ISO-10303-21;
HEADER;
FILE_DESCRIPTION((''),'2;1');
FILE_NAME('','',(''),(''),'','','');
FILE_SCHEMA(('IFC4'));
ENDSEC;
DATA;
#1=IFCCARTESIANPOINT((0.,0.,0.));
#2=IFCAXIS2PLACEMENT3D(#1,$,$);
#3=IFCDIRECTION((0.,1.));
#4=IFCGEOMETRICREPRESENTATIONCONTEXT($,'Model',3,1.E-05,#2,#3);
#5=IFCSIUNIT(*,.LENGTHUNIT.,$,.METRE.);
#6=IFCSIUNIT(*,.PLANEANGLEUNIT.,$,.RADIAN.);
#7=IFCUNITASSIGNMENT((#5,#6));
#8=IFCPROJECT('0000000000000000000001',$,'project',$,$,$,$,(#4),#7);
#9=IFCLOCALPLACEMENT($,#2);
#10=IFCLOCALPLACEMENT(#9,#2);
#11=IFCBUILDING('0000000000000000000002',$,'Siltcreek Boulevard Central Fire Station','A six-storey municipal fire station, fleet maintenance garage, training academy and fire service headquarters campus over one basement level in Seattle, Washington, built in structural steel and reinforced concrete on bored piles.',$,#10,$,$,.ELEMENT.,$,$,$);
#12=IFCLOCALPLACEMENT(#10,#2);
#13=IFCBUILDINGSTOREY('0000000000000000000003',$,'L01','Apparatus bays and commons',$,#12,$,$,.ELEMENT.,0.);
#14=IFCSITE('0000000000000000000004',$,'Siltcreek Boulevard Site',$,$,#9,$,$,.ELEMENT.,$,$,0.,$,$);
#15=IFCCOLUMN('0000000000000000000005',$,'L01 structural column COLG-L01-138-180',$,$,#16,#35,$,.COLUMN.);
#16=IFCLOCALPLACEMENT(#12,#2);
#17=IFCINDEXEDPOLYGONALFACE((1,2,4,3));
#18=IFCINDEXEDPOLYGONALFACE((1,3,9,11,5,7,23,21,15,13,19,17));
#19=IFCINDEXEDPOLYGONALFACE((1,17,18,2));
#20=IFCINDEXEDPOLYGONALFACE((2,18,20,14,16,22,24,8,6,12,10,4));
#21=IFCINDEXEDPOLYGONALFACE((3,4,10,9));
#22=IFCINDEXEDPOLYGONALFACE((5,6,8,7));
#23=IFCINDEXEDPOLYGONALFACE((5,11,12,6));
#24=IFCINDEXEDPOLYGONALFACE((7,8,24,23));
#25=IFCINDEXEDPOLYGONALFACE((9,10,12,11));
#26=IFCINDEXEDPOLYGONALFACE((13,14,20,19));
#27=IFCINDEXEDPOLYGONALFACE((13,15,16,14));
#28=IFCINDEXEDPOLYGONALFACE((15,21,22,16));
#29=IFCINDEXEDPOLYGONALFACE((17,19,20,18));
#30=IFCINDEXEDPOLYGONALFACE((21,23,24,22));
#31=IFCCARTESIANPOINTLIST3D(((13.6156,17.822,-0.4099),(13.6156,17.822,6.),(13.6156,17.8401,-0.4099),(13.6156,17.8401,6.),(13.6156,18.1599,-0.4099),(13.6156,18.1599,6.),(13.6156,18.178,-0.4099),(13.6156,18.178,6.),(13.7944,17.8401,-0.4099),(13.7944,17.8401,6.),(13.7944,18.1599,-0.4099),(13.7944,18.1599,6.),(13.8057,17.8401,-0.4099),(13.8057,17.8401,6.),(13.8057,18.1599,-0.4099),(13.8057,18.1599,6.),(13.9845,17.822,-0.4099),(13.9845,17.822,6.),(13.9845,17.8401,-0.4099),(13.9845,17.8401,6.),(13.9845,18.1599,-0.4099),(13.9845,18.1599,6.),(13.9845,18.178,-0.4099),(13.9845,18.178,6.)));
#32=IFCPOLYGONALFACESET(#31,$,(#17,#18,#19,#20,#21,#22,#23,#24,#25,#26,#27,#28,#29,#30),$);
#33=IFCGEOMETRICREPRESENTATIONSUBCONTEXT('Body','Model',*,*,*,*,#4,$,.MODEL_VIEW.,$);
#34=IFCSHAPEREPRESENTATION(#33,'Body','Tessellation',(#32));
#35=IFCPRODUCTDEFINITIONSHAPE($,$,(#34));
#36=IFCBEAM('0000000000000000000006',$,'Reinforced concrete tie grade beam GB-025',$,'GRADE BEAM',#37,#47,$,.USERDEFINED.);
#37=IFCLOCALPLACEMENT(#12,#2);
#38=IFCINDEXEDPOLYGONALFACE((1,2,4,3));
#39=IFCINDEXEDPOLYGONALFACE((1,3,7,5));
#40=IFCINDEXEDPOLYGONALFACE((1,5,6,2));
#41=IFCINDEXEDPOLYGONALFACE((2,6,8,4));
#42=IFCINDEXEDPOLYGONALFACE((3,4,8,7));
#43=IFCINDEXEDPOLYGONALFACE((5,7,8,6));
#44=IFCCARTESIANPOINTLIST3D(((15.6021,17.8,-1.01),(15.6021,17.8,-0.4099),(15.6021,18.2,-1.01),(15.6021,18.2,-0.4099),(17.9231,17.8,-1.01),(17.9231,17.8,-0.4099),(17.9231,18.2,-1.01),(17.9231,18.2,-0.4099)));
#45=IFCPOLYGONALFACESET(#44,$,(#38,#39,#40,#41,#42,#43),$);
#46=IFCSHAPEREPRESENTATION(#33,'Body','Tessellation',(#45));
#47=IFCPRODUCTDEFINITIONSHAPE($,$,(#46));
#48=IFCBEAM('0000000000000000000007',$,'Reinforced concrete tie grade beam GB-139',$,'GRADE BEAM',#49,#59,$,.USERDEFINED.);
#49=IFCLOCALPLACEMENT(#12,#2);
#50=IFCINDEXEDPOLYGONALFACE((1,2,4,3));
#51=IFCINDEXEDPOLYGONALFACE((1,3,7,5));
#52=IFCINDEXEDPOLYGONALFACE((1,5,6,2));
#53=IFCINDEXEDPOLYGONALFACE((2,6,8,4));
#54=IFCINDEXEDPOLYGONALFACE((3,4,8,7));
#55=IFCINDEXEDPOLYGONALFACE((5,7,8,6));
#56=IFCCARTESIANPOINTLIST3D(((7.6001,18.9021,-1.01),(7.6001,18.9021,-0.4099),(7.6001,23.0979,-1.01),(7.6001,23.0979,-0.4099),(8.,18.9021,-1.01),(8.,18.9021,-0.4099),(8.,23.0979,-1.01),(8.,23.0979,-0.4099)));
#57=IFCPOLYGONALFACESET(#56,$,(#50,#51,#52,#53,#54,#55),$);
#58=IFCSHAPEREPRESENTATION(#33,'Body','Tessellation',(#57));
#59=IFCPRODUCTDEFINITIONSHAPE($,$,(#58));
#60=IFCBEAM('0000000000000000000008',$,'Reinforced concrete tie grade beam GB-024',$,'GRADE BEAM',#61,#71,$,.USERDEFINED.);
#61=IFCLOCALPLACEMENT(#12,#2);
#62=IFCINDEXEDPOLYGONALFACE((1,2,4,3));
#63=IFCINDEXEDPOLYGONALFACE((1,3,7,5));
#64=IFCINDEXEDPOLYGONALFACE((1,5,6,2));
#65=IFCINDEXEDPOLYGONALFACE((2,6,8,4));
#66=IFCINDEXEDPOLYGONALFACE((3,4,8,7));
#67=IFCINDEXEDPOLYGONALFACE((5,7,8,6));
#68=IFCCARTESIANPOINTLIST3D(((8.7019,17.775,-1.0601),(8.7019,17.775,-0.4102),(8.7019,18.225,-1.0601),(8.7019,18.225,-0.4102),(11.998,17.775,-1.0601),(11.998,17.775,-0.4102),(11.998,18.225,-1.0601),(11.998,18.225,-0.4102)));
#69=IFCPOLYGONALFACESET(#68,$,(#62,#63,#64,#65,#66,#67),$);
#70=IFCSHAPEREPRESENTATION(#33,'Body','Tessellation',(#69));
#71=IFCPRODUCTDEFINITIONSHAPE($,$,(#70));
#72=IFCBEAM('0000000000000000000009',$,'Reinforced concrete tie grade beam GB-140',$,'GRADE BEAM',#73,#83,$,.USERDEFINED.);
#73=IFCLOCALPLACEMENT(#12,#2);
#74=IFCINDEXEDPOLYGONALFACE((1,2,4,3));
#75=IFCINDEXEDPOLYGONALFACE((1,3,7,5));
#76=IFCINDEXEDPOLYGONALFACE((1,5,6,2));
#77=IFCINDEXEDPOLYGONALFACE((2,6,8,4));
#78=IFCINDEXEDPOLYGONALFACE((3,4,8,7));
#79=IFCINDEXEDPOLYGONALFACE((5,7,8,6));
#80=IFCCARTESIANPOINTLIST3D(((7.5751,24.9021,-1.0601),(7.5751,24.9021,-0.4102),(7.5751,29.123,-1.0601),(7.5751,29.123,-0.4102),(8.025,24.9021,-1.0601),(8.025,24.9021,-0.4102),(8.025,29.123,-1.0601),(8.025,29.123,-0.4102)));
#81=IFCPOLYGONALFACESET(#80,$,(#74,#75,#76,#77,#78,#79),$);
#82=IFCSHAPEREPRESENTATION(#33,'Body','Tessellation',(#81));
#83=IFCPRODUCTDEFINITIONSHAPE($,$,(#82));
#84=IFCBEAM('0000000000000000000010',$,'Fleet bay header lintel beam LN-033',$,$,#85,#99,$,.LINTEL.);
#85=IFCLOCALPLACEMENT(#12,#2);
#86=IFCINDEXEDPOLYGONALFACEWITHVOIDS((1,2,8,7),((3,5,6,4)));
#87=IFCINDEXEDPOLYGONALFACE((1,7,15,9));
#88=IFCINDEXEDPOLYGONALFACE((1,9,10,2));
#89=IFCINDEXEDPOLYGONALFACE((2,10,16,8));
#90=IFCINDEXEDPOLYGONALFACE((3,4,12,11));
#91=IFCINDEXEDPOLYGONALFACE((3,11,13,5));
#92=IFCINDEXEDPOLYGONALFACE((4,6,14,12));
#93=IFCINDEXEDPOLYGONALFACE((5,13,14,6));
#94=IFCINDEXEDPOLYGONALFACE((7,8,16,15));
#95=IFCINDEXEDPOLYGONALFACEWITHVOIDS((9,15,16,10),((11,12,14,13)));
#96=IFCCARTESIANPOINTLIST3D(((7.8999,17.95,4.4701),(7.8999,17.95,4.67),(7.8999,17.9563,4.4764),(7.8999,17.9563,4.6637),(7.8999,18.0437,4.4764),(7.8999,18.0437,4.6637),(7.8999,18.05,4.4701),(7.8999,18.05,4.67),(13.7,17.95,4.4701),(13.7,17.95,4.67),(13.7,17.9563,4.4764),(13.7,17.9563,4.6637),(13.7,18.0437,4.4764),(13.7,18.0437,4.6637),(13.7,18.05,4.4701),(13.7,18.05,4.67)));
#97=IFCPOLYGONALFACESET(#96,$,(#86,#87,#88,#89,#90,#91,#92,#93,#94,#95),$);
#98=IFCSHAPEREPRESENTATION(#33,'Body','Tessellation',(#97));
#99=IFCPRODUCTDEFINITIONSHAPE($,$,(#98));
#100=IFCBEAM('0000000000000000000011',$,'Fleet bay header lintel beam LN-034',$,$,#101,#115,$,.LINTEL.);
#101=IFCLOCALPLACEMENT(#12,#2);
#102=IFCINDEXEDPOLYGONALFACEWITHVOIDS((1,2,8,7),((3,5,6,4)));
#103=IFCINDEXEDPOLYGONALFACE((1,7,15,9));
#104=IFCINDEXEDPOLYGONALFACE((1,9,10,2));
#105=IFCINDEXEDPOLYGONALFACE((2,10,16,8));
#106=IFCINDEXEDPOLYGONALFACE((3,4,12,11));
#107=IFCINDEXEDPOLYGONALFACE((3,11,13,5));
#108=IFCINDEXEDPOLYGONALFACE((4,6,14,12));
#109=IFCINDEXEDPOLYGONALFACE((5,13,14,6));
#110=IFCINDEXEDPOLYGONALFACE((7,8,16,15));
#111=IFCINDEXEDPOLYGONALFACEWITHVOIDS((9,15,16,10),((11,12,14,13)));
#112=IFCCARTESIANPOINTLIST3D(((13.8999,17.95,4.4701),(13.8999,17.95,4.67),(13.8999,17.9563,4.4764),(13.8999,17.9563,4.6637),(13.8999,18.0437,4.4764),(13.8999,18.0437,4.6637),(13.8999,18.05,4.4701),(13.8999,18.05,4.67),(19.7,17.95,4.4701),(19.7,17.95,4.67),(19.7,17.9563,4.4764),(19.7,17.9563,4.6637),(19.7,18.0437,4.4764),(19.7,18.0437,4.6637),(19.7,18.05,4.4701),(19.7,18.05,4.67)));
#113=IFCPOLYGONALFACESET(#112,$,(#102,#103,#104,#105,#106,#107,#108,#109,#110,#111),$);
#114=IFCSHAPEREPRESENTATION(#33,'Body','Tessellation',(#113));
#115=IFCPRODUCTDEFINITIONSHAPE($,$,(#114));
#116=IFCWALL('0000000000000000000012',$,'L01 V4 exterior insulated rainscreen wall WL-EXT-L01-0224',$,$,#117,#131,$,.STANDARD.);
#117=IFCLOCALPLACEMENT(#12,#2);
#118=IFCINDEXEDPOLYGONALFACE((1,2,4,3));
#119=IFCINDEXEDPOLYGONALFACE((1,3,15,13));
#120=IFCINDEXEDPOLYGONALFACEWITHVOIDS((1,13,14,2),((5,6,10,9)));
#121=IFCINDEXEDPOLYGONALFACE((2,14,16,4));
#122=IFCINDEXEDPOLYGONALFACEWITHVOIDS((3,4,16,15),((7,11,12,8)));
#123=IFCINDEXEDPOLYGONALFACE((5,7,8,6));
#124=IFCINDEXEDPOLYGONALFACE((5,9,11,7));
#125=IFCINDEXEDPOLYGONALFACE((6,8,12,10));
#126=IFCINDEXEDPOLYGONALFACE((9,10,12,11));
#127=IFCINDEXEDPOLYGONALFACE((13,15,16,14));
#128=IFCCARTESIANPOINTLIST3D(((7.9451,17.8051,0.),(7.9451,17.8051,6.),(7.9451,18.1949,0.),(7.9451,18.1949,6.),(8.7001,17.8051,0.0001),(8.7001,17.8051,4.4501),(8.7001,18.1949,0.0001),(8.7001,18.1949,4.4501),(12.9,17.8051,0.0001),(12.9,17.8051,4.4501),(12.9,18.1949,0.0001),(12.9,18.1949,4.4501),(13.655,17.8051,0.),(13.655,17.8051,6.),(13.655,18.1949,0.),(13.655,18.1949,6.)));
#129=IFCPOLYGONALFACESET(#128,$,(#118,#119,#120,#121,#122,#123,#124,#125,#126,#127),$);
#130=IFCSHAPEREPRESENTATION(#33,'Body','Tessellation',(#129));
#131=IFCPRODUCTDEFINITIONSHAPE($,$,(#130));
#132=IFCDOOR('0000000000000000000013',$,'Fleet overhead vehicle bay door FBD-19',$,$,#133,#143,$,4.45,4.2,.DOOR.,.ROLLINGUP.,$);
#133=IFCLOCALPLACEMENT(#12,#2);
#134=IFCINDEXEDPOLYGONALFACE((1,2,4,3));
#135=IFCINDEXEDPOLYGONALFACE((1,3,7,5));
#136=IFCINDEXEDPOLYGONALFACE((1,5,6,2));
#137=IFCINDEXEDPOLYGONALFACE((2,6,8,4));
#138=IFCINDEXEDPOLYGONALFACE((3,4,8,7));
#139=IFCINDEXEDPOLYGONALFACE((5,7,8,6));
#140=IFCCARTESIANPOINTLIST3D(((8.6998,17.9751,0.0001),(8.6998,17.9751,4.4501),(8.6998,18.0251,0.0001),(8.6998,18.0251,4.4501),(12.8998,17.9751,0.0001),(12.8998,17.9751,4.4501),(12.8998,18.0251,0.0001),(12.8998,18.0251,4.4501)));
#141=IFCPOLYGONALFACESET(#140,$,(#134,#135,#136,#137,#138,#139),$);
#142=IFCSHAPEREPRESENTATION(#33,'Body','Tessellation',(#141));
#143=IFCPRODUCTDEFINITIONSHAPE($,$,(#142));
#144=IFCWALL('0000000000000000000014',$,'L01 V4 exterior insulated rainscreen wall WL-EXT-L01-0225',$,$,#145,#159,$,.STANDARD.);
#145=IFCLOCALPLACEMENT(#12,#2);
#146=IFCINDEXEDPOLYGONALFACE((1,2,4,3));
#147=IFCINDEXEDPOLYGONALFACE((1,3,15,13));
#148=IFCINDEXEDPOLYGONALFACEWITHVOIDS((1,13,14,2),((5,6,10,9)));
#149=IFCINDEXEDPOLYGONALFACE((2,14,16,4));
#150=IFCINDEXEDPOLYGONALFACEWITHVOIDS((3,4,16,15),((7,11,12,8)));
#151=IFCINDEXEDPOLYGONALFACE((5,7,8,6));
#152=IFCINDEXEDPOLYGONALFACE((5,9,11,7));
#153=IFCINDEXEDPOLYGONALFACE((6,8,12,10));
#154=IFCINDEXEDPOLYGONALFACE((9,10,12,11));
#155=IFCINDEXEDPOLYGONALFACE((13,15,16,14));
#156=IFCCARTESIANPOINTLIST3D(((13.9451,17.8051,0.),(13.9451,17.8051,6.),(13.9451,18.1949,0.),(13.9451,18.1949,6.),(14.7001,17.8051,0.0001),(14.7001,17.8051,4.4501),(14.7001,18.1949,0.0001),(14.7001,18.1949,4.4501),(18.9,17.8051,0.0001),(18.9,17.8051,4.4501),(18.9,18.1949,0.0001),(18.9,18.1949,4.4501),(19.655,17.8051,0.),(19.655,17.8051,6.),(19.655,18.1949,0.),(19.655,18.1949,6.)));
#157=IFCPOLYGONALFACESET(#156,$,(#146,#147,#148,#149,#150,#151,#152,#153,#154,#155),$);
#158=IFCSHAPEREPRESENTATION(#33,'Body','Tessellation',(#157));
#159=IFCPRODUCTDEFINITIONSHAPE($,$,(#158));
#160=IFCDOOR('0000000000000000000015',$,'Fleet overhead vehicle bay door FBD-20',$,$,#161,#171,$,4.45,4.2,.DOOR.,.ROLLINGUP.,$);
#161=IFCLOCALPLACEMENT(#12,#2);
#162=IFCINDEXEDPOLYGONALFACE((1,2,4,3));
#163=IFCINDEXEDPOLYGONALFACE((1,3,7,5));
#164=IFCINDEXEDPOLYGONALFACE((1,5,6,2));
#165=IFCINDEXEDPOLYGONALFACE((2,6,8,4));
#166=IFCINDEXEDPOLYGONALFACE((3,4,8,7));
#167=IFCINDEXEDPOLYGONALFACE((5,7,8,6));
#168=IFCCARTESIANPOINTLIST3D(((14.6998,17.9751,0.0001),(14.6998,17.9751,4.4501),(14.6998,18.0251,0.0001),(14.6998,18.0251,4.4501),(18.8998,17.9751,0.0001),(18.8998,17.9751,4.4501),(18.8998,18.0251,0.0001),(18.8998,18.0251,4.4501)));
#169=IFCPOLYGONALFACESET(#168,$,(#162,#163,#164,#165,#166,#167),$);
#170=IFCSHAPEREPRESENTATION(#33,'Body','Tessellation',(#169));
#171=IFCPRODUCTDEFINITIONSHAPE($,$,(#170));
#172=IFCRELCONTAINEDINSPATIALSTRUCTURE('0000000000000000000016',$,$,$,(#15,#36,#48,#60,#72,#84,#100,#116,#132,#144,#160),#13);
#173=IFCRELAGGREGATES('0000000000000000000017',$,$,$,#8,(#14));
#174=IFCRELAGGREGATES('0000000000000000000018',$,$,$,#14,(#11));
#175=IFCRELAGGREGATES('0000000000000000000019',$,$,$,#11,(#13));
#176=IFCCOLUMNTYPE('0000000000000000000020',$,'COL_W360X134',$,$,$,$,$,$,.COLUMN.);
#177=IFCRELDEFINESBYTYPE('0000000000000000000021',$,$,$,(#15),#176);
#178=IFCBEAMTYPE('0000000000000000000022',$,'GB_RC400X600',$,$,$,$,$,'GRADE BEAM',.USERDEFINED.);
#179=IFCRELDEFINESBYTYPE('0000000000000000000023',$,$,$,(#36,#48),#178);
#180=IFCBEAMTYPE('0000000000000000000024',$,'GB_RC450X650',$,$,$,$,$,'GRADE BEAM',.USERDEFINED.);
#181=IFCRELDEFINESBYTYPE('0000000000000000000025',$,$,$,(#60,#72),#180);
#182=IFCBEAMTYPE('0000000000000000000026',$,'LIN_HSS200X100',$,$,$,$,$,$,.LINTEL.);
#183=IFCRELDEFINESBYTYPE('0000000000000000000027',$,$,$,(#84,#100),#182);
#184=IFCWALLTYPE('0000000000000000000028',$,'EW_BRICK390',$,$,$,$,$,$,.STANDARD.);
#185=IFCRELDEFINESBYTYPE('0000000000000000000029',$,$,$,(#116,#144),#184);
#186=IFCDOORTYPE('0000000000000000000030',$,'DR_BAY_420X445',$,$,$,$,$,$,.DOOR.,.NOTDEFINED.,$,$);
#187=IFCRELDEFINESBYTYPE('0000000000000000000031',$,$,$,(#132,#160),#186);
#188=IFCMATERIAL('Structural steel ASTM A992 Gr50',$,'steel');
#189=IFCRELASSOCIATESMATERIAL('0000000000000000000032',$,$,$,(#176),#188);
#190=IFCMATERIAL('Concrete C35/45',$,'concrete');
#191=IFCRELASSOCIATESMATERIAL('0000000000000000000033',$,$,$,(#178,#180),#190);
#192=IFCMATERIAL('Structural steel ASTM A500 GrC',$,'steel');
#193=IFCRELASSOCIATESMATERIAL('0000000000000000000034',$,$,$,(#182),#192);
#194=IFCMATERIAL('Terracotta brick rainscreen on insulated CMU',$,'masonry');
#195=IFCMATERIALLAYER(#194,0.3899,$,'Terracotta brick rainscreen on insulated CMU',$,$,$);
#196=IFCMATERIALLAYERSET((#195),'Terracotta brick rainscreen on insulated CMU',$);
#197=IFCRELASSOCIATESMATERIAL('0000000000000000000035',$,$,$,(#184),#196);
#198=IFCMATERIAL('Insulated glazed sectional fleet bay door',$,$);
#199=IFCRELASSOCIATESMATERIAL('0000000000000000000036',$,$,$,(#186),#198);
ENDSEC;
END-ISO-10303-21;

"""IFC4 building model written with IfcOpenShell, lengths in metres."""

from ifc_helpers import new_model, si_unit, direction, frame, frame_2d, origin, origin_2d, place, context, subcontext, project, spatial, rectangle, hollow_rectangle, i_section, extrude, material, layer, layer_set, material_profile, profile_set, type_object, element, fill, save


model = new_model("IFC4")

# Units and contexts
model_context = context("Model", 3, precision=1e-05, world=origin(), true_north=direction((0.0, 1.0)))
body_context = subcontext(model_context, "Body", "Model", "MODEL_VIEW")
ifc_project = project(units=[si_unit("LENGTHUNIT", "METRE"), si_unit("PLANEANGLEUNIT", "RADIAN")], contexts=[model_context])

# Site, building, storey
site_placement = place(None, origin())
site = spatial("IfcSite", under=ifc_project, at=site_placement, Name="Siltcreek Boulevard Site", CompositionType="ELEMENT", RefElevation=0.0)
building_placement = place(site_placement, origin())
building = spatial("IfcBuilding", under=site, at=building_placement, Name="Siltcreek Boulevard Central Fire Station", Description="A six-storey municipal fire station, fleet maintenance garage, training academy and fire service headquarters campus over one basement level in Seattle, Washington, built in structural steel and reinforced concrete on bored piles.", CompositionType="ELEMENT")
storey_placement = place(building_placement, origin())
storey = spatial("IfcBuildingStorey", under=building, at=storey_placement, Name="L01", Description="Apparatus bays and commons", CompositionType="ELEMENT", Elevation=0.0)

# Shared definitions
ifc_material_1 = material(Name="Concrete C35/45", Category="concrete")

# Column
ifc_material_2 = material(Name="Structural steel ASTM A992 Gr50", Category="steel")
ifc_material_profile_1 = material_profile(ifc_material_2, i_section(OverallWidth=0.3689, OverallDepth=0.356, WebThickness=0.0112, FlangeThickness=0.0181, at=origin_2d()), Name="W360X134")
ifc_profile_set_1 = profile_set([ifc_material_profile_1], Name="Structural steel ASTM A992 Gr50")
column_type = type_object("IfcColumnType", Name="COL_W360X134", PredefinedType="COLUMN", material=ifc_profile_set_1)
for number, where, z_axis, x_axis, name in (
    (1, (13.8, 18.0, -0.4099), (0.0, 0.0, 1.0), (1.0, 0.0, 0.0), "L01 structural column COLG-L01-138-180"),
):
    element("IfcColumn", number, at=place(storey_placement, frame(where, z_axis=z_axis, x_axis=x_axis)), inside=storey, type_object=column_type, Name=name, PredefinedType="COLUMN", context=body_context, shape_type="SweptSolid", body=[
        extrude(i_section(OverallWidth=0.3689, OverallDepth=0.356, WebThickness=0.0112, FlangeThickness=0.0181, at=origin_2d()), origin(), (0.0, 0.0, 1.0), 6.4099),
    ])

# Beams
ifc_material_profile_2 = material_profile(ifc_material_1, rectangle(XDim=0.3999, YDim=0.6001, at=origin_2d()), Name="RC400X600")
ifc_profile_set_2 = profile_set([ifc_material_profile_2], Name="Concrete C35/45")
beam_type_1 = type_object("IfcBeamType", Name="GB_RC400X600", ElementType="GRADE BEAM", PredefinedType="USERDEFINED", material=ifc_profile_set_2)
beam_1_placement = place(storey_placement, frame((15.6021, 18.0, -0.71), z_axis=(1.0, 0.0, 0.0), x_axis=(0.0, 1.0, 0.0)))
element("IfcBeam", 2, at=beam_1_placement, inside=storey, type_object=beam_type_1, Name="Reinforced concrete tie grade beam GB-025", ObjectType="GRADE BEAM", PredefinedType="USERDEFINED", context=body_context, shape_type="SweptSolid", body=[
    extrude(rectangle(XDim=0.3999, YDim=0.6001, at=origin_2d()), origin(), (0.0, 0.0, 1.0), 2.321),
])
beam_2_placement = place(storey_placement, frame((7.8, 18.9021, -0.71), z_axis=(0.0, 1.0, 0.0), x_axis=(-1.0, 0.0, 0.0)))
element("IfcBeam", 3, at=beam_2_placement, inside=storey, type_object=beam_type_1, Name="Reinforced concrete tie grade beam GB-139", ObjectType="GRADE BEAM", PredefinedType="USERDEFINED", context=body_context, shape_type="SweptSolid", body=[
    extrude(rectangle(XDim=0.3999, YDim=0.6001, at=origin_2d()), origin(), (0.0, 0.0, 1.0), 4.1958),
])
ifc_material_profile_3 = material_profile(ifc_material_1, rectangle(XDim=0.45, YDim=0.6499, at=origin_2d()), Name="RC450X650")
ifc_profile_set_3 = profile_set([ifc_material_profile_3], Name="Concrete C35/45")
beam_type_2 = type_object("IfcBeamType", Name="GB_RC450X650", ElementType="GRADE BEAM", PredefinedType="USERDEFINED", material=ifc_profile_set_3)
beam_3_placement = place(storey_placement, frame((8.7019, 18.0, -0.7351), z_axis=(1.0, 0.0, 0.0), x_axis=(0.0, 1.0, 0.0)))
element("IfcBeam", 4, at=beam_3_placement, inside=storey, type_object=beam_type_2, Name="Reinforced concrete tie grade beam GB-024", ObjectType="GRADE BEAM", PredefinedType="USERDEFINED", context=body_context, shape_type="SweptSolid", body=[
    extrude(rectangle(XDim=0.45, YDim=0.6499, at=origin_2d()), origin(), (0.0, 0.0, 1.0), 3.2961),
])
beam_4_placement = place(storey_placement, frame((7.8, 24.9021, -0.7351), z_axis=(0.0, 1.0, 0.0), x_axis=(-1.0, 0.0, 0.0)))
element("IfcBeam", 5, at=beam_4_placement, inside=storey, type_object=beam_type_2, Name="Reinforced concrete tie grade beam GB-140", ObjectType="GRADE BEAM", PredefinedType="USERDEFINED", context=body_context, shape_type="SweptSolid", body=[
    extrude(rectangle(XDim=0.45, YDim=0.6499, at=origin_2d()), origin(), (0.0, 0.0, 1.0), 4.2209),
])
ifc_material_3 = material(Name="Structural steel ASTM A500 GrC", Category="steel")
ifc_material_profile_4 = material_profile(ifc_material_3, hollow_rectangle(XDim=0.1001, YDim=0.2, WallThickness=0.0063, at=origin_2d()), Name="HSS200X100X6.4")
ifc_profile_set_4 = profile_set([ifc_material_profile_4], Name="Structural steel ASTM A500 GrC")
beam_type_3 = type_object("IfcBeamType", Name="LIN_HSS200X100", PredefinedType="LINTEL", material=ifc_profile_set_4)
for number, where, z_axis, x_axis, name in (
    (6, (7.8999, 18.0, 4.5701), (1.0, 0.0, 0.0), (0.0, 1.0, 0.0), "Fleet bay header lintel beam LN-033"),
    (7, (13.8999, 18.0, 4.5701), (1.0, 0.0, 0.0), (0.0, 1.0, 0.0), "Fleet bay header lintel beam LN-034"),
):
    element("IfcBeam", number, at=place(storey_placement, frame(where, z_axis=z_axis, x_axis=x_axis)), inside=storey, type_object=beam_type_3, Name=name, PredefinedType="LINTEL", context=body_context, shape_type="SweptSolid", body=[
        extrude(hollow_rectangle(XDim=0.1001, YDim=0.2, WallThickness=0.0063, at=origin_2d()), origin(), (0.0, 0.0, 1.0), 5.8),
    ])

# Walls, openings, doors
ifc_material_4 = material(Name="Terracotta brick rainscreen on insulated CMU", Category="masonry")
ifc_layer_1 = layer(ifc_material_4, 0.3899, Name="Terracotta brick rainscreen on insulated CMU")
ifc_layer_set_1 = layer_set([ifc_layer_1], Name="Terracotta brick rainscreen on insulated CMU")
wall_type_1 = type_object("IfcWallType", Name="EW_BRICK390", PredefinedType="STANDARD", material=ifc_layer_set_1)
wall_1_placement = place(storey_placement, frame((7.9451, 18.0, 0.0), z_axis=(0.0, 0.0, 1.0), x_axis=(1.0, 0.0, 0.0)))
wall_1 = element("IfcWall", 8, at=wall_1_placement, inside=storey, type_object=wall_type_1, Name="L01 V4 exterior insulated rainscreen wall WL-EXT-L01-0224", PredefinedType="STANDARD", context=body_context, shape_type="SweptSolid", body=[
    extrude(rectangle(XDim=5.71, YDim=0.3899, at=frame_2d((2.855, 0.0))), origin(), (0.0, 0.0, 1.0), 6.0),
])
opening_1_placement = place(wall_1_placement, frame((0.7549, 0.0, 0.0)))
opening_1 = element("IfcOpeningElement", 9, at=opening_1_placement, cuts=wall_1, PredefinedType="OPENING", context=body_context, shape_type="SweptSolid", body=[
    extrude(rectangle(XDim=4.2, YDim=4.45, at=frame_2d((2.1001, 2.2251))), frame((0.0, 0.2048, 0.0), z_axis=(0.0, -1.0, 0.0), x_axis=(1.0, 0.0, 0.0)), (0.0, 0.0, 1.0), 0.4099),
])
ifc_material_5 = material(Name="Insulated glazed sectional fleet bay door")
door_type = type_object("IfcDoorType", Name="DR_BAY_420X445", OperationType="NOTDEFINED", PredefinedType="DOOR", material=ifc_material_5)
door_1_placement = place(opening_1_placement, frame((4.2, 0.0, 0.0), z_axis=(0.0, 0.0, 1.0), x_axis=(-1.0, 0.0, 0.0)))
door_1 = element("IfcDoor", 10, at=door_1_placement, inside=storey, type_object=door_type, Name="Fleet overhead vehicle bay door FBD-19", OperationType="ROLLINGUP", OverallHeight=4.45, OverallWidth=4.2, PredefinedType="DOOR", context=body_context, shape_type="SweptSolid", body=[
    extrude(rectangle(XDim=4.2, YDim=4.45, at=frame_2d((2.1001, 2.2251))), frame((0.0, 0.0249, 0.0), z_axis=(0.0, -1.0, 0.0), x_axis=(1.0, 0.0, 0.0)), (0.0, 0.0, 1.0), 0.05),
])
fill(opening_1, door_1)
wall_2_placement = place(storey_placement, frame((13.9451, 18.0, 0.0), z_axis=(0.0, 0.0, 1.0), x_axis=(1.0, 0.0, 0.0)))
wall_2 = element("IfcWall", 11, at=wall_2_placement, inside=storey, type_object=wall_type_1, Name="L01 V4 exterior insulated rainscreen wall WL-EXT-L01-0225", PredefinedType="STANDARD", context=body_context, shape_type="SweptSolid", body=[
    extrude(rectangle(XDim=5.71, YDim=0.3899, at=frame_2d((2.855, 0.0))), origin(), (0.0, 0.0, 1.0), 6.0),
])
opening_2_placement = place(wall_2_placement, frame((0.7549, 0.0, 0.0)))
opening_2 = element("IfcOpeningElement", 12, at=opening_2_placement, cuts=wall_2, PredefinedType="OPENING", context=body_context, shape_type="SweptSolid", body=[
    extrude(rectangle(XDim=4.2, YDim=4.45, at=frame_2d((2.1001, 2.2251))), frame((0.0, 0.2048, 0.0), z_axis=(0.0, -1.0, 0.0), x_axis=(1.0, 0.0, 0.0)), (0.0, 0.0, 1.0), 0.4099),
])
door_2_placement = place(opening_2_placement, frame((4.2, 0.0, 0.0), z_axis=(0.0, 0.0, 1.0), x_axis=(-1.0, 0.0, 0.0)))
door_2 = element("IfcDoor", 13, at=door_2_placement, inside=storey, type_object=door_type, Name="Fleet overhead vehicle bay door FBD-20", OperationType="ROLLINGUP", OverallHeight=4.45, OverallWidth=4.2, PredefinedType="DOOR", context=body_context, shape_type="SweptSolid", body=[
    extrude(rectangle(XDim=4.2, YDim=4.45, at=frame_2d((2.1001, 2.2251))), frame((0.0, 0.0249, 0.0), z_axis=(0.0, -1.0, 0.0), x_axis=(1.0, 0.0, 0.0)), (0.0, 0.0, 1.0), 0.05),
])
fill(opening_2, door_2)

save(model, "model.ifc")
